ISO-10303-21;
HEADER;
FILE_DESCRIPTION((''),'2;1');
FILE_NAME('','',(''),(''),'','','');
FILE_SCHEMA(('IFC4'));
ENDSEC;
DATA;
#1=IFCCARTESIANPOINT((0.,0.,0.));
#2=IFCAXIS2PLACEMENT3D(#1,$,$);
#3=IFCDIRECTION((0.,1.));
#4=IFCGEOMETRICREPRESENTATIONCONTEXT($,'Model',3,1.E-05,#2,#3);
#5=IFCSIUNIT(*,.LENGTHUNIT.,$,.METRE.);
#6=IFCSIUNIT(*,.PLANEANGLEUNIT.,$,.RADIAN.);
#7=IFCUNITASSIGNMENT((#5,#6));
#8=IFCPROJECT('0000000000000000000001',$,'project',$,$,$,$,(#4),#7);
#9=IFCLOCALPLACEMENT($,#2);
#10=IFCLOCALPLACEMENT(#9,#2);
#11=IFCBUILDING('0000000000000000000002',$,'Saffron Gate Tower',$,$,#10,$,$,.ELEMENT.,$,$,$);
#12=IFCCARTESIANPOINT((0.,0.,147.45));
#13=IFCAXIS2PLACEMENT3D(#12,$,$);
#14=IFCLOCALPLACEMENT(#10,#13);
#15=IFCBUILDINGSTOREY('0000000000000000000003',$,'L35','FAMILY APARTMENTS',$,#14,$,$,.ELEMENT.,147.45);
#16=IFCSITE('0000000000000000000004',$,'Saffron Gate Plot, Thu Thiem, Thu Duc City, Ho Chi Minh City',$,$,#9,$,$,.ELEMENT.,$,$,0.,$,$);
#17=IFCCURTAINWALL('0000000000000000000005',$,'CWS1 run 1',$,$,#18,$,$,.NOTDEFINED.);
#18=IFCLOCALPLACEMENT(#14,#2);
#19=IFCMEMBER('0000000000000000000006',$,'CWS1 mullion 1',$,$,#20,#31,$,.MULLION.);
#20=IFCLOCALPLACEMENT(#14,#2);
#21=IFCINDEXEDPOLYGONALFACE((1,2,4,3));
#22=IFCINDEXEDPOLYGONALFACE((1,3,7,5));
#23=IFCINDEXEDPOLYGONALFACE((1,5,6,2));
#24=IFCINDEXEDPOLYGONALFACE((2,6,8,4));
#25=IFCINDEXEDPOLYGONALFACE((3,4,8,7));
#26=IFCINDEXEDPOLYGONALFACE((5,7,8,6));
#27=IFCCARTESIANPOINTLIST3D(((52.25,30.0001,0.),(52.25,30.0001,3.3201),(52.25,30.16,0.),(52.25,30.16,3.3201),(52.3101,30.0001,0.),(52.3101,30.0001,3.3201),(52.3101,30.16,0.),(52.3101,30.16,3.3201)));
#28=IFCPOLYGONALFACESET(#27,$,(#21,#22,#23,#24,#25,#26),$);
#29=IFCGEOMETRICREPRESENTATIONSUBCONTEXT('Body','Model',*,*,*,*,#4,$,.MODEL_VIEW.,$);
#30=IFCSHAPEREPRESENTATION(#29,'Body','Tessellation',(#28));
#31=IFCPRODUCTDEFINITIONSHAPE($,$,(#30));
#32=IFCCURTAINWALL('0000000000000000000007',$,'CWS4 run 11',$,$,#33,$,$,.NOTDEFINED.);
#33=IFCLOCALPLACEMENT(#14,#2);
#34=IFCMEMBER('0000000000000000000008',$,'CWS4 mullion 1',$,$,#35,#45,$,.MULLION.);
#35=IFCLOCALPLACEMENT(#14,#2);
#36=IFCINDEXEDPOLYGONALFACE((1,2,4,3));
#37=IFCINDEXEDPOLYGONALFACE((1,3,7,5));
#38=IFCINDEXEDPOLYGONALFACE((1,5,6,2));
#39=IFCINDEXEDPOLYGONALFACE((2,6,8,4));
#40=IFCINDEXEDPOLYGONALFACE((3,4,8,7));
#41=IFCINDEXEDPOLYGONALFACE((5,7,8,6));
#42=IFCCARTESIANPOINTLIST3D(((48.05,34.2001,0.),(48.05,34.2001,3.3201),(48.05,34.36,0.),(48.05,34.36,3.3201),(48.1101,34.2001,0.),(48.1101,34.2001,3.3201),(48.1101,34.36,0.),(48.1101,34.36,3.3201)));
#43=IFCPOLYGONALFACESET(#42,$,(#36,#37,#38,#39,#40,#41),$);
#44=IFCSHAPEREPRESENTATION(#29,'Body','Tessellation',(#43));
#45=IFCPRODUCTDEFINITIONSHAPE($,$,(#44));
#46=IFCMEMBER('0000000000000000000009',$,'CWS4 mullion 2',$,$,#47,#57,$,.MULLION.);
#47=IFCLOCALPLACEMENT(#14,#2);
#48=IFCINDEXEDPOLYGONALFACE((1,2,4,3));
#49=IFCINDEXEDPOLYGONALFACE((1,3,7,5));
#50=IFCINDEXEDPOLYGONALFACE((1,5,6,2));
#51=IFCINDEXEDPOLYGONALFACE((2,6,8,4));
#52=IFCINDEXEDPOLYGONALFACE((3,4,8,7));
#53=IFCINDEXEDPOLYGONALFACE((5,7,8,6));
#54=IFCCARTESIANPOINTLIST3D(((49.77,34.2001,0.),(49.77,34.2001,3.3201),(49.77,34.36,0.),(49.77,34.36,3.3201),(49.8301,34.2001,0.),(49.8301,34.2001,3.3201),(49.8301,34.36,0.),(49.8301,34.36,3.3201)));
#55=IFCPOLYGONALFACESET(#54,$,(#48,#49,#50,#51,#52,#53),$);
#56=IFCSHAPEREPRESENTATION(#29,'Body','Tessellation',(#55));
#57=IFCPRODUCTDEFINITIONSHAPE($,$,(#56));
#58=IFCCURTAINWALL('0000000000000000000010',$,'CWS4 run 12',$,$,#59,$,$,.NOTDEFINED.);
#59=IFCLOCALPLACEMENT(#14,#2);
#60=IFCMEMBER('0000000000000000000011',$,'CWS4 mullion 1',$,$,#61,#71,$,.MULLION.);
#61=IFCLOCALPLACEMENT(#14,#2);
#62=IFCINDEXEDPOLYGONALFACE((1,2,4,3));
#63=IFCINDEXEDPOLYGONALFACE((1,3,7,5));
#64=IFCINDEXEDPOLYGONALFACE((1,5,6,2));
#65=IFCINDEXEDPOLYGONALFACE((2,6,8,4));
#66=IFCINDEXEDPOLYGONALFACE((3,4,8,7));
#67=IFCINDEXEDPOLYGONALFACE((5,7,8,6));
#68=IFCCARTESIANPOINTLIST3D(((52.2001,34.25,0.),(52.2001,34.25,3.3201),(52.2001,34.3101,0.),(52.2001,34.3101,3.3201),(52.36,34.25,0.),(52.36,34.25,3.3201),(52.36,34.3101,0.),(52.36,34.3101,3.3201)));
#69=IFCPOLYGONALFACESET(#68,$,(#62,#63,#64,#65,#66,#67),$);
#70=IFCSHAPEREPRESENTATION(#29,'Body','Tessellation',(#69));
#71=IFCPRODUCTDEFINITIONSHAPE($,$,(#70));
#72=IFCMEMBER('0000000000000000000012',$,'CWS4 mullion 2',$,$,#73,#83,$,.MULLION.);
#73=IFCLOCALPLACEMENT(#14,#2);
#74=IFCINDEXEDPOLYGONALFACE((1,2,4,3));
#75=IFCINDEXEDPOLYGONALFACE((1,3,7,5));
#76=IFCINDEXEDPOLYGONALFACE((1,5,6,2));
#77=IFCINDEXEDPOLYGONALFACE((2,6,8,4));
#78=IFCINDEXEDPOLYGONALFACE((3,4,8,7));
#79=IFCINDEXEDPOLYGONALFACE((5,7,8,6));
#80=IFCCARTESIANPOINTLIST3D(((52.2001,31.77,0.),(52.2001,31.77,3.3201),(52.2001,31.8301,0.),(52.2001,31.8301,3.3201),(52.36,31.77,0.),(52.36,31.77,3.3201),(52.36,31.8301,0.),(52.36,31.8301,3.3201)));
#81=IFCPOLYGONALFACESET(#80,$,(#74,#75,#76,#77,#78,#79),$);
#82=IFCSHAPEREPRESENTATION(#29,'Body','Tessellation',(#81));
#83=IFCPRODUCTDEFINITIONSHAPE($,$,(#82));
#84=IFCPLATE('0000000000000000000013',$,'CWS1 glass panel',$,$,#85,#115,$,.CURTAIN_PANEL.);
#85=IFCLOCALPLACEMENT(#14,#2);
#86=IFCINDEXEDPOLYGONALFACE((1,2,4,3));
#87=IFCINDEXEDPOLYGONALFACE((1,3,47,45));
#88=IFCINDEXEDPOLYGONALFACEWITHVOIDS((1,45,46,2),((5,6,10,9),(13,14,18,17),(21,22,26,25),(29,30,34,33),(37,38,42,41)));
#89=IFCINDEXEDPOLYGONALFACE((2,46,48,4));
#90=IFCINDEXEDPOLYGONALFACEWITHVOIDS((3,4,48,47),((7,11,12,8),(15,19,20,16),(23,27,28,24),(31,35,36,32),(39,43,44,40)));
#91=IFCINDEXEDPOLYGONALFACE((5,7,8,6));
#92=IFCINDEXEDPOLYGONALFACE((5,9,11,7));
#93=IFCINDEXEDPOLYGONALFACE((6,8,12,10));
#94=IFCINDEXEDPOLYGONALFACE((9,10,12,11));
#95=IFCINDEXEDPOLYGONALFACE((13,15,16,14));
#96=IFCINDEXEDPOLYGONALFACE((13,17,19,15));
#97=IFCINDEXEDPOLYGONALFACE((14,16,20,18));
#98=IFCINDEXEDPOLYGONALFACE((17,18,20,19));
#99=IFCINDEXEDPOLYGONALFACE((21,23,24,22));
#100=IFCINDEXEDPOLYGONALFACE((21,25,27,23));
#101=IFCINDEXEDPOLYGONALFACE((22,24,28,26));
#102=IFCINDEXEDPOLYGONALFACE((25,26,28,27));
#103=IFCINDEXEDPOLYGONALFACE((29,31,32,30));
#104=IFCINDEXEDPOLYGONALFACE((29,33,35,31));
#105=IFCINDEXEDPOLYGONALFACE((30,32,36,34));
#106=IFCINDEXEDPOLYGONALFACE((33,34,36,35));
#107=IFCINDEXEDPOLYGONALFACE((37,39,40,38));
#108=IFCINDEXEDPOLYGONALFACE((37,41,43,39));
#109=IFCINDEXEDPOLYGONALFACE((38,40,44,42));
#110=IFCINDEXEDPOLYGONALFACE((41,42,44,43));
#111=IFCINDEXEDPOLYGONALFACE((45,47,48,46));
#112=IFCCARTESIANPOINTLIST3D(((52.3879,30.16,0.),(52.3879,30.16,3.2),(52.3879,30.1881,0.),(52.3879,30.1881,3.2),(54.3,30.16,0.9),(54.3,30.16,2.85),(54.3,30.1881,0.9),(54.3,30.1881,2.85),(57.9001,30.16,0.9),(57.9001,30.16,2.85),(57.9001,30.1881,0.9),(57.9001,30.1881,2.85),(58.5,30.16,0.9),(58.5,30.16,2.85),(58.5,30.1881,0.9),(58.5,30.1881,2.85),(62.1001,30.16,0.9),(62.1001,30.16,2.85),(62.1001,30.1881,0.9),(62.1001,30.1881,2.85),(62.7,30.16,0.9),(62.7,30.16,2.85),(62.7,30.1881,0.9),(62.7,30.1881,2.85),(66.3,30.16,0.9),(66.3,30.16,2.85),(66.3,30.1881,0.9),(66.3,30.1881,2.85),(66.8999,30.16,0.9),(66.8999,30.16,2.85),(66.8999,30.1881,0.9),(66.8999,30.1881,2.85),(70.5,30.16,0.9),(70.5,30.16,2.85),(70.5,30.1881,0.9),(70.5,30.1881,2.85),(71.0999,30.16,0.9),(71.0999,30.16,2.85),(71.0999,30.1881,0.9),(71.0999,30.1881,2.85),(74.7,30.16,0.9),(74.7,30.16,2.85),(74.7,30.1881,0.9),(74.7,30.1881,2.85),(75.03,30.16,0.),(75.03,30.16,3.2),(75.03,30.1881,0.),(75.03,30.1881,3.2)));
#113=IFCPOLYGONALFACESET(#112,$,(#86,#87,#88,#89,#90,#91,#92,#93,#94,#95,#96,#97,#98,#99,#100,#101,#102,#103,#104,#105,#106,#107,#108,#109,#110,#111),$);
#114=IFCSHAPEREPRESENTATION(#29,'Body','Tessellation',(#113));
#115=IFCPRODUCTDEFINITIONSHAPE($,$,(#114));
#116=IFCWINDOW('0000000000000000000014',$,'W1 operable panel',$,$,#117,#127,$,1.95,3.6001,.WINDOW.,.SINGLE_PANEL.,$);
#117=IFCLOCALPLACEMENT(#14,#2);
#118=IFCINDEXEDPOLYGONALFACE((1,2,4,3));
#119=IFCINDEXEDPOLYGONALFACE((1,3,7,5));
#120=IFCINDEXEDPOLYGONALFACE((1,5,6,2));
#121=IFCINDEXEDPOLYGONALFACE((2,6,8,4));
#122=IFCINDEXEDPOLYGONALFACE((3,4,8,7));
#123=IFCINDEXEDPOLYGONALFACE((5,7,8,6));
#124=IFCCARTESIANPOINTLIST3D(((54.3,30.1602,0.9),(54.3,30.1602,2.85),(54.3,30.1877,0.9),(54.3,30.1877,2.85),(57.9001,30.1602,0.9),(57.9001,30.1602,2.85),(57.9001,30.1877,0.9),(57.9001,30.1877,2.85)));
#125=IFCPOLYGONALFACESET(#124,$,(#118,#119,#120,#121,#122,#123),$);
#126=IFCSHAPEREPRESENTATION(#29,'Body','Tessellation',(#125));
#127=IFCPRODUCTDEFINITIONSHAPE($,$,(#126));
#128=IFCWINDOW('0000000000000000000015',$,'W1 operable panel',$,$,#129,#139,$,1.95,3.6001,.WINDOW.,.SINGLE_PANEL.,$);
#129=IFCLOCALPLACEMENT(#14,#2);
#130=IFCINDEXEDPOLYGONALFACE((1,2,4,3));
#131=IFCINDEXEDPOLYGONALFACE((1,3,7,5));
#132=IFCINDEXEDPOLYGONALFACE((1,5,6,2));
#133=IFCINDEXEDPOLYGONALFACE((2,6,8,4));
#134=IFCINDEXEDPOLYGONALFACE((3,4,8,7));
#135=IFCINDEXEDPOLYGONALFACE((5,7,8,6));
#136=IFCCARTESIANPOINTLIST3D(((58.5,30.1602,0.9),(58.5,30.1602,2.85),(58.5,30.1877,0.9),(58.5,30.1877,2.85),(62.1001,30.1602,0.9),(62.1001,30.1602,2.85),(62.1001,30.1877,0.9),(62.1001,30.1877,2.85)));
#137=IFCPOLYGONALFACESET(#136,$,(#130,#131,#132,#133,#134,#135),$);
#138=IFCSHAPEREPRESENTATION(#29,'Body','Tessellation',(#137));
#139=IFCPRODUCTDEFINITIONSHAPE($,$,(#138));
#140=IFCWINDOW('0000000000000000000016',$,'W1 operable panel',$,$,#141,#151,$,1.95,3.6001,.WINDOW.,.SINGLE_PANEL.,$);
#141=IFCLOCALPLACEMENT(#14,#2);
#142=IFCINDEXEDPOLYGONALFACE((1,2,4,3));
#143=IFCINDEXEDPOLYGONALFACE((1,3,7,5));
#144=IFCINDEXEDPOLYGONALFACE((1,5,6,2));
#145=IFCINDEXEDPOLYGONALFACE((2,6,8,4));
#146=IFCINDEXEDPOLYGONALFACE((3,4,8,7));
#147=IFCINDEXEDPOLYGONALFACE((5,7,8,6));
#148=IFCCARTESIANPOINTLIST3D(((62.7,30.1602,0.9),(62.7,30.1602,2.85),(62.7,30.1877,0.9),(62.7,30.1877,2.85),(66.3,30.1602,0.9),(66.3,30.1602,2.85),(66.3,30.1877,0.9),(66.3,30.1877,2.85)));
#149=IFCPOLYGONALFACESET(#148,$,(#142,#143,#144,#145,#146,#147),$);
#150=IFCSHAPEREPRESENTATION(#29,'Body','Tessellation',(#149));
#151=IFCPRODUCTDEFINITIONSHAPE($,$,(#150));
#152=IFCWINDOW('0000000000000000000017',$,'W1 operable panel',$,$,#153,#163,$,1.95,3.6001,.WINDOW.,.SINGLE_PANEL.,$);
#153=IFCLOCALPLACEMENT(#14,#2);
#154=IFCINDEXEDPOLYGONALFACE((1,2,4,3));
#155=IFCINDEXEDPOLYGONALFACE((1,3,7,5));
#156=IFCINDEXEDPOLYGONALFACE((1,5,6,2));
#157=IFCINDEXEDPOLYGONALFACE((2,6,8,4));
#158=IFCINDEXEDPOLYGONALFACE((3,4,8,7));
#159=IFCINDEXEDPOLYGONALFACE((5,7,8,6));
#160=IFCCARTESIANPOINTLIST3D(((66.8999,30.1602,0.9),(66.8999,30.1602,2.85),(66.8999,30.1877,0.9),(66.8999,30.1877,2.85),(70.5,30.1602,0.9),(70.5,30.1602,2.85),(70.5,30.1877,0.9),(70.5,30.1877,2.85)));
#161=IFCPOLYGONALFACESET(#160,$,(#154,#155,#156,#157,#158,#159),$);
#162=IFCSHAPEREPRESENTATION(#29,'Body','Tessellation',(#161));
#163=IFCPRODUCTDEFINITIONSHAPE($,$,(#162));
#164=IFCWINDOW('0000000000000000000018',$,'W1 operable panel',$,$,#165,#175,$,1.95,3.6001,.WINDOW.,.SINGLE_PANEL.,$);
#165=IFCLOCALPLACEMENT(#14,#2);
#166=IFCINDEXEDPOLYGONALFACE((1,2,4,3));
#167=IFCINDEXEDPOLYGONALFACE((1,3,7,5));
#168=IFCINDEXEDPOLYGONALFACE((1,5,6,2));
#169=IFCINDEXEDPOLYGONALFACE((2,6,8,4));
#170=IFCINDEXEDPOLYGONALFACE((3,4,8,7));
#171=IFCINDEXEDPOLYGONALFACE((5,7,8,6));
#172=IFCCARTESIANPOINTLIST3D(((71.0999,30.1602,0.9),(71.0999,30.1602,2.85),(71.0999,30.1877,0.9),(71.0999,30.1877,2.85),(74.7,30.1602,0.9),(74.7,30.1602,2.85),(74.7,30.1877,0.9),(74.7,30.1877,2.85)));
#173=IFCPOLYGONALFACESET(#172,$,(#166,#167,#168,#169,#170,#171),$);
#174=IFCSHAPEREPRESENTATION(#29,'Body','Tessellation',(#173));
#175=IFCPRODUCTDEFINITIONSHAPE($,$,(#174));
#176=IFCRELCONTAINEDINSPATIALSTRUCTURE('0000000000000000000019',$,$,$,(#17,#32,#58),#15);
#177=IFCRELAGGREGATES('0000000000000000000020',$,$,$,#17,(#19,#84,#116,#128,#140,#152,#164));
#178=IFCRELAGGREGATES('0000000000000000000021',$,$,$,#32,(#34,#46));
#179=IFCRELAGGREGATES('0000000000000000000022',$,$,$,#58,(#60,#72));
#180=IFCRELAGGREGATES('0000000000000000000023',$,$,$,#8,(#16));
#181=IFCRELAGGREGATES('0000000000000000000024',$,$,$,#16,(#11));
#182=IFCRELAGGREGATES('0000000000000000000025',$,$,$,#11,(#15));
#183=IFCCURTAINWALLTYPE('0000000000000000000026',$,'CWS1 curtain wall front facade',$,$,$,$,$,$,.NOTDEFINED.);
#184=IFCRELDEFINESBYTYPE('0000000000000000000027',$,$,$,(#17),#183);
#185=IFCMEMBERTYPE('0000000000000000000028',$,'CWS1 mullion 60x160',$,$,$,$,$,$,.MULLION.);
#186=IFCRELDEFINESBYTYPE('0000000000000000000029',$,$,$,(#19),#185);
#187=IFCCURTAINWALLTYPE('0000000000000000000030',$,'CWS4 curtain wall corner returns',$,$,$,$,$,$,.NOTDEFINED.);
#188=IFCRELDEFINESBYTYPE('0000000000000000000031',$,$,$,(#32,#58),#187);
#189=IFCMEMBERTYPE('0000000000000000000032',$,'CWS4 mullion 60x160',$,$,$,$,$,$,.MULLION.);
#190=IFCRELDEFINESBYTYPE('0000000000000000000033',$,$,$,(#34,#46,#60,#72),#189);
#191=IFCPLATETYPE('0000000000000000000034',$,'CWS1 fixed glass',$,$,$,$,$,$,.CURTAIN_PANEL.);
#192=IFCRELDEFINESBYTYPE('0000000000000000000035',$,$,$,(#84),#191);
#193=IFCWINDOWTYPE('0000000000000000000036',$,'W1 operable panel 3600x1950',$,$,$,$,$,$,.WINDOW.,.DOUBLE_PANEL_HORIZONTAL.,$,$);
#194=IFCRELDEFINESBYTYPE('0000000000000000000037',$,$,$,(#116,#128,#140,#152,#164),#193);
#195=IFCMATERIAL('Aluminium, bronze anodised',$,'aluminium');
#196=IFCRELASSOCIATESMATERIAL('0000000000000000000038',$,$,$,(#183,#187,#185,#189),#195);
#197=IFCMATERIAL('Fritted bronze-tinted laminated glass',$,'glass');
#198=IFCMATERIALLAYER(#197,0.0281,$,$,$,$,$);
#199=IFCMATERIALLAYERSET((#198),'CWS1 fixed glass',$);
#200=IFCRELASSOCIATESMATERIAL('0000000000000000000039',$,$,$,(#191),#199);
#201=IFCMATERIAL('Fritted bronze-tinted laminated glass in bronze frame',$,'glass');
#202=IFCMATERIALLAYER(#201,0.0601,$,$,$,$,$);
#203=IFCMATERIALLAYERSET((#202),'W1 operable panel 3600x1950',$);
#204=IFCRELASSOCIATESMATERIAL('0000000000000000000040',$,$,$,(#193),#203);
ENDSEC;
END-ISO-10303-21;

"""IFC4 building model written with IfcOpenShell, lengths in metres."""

from ifc_helpers import new_model, si_unit, direction, frame, frame_2d, origin, origin_2d, place, context, subcontext, project, spatial, rectangle, extrude, material, layer, layer_set, material_profile, profile_set, type_object, element, fill, aggregate, save


model = new_model("IFC4")

# Units and contexts
model_context = context("Model", 3, precision=1e-05, world=origin(), true_north=direction((0.0, 1.0)))
body_context = subcontext(model_context, "Body", "Model", "MODEL_VIEW")
ifc_project = project(units=[si_unit("LENGTHUNIT", "METRE"), si_unit("PLANEANGLEUNIT", "RADIAN")], contexts=[model_context])

# Site, building, storey
site_placement = place(None, origin())
site = spatial("IfcSite", under=ifc_project, at=site_placement, Name="Saffron Gate Plot, Thu Thiem, Thu Duc City, Ho Chi Minh City", CompositionType="ELEMENT", RefElevation=0.0)
building_placement = place(site_placement, origin())
building = spatial("IfcBuilding", under=site, at=building_placement, Name="Saffron Gate Tower", CompositionType="ELEMENT")
storey_placement = place(building_placement, frame((0.0, 0.0, 147.45)))
storey = spatial("IfcBuildingStorey", under=building, at=storey_placement, Name="L35", Description="FAMILY APARTMENTS", CompositionType="ELEMENT", Elevation=147.45)

# Curtain wall, member
ifc_material_1 = material(Name="Aluminium, bronze anodised", Category="aluminium")
curtain_wall_type_1 = type_object("IfcCurtainWallType", Name="CWS1 curtain wall front facade", PredefinedType="NOTDEFINED", material=ifc_material_1)
curtain_wall_1_placement = place(storey_placement, origin())
curtain_wall_1 = element("IfcCurtainWall", 1, at=curtain_wall_1_placement, inside=storey, type_object=curtain_wall_type_1, Name="CWS1 run 1", PredefinedType="NOTDEFINED")
ifc_material_profile_1 = material_profile(ifc_material_1, rectangle(XDim=0.1599, YDim=0.0601, at=origin_2d()))
ifc_profile_set_1 = profile_set([ifc_material_profile_1], Name="Aluminium, bronze anodised")
member_type_1 = type_object("IfcMemberType", Name="CWS1 mullion 60x160", PredefinedType="MULLION", material=ifc_profile_set_1)
member_1_placement = place(storey_placement, frame((52.28, 30.0801, 0.0), z_axis=(0.0, 0.0, 1.0), x_axis=(0.0, 1.0, 0.0)))
member_1 = element("IfcMember", 2, at=member_1_placement, type_object=member_type_1, Name="CWS1 mullion 1", PredefinedType="MULLION", context=body_context, shape_type="SweptSolid", body=[
    extrude(rectangle(XDim=0.1599, YDim=0.0601, at=origin_2d()), origin(), (0.0, 0.0, 1.0), 3.3201),
])

# Curtain walls, members
curtain_wall_type_2 = type_object("IfcCurtainWallType", Name="CWS4 curtain wall corner returns", PredefinedType="NOTDEFINED", material=ifc_material_1)
curtain_wall_2_placement = place(storey_placement, origin())
curtain_wall_2 = element("IfcCurtainWall", 3, at=curtain_wall_2_placement, inside=storey, type_object=curtain_wall_type_2, Name="CWS4 run 11", PredefinedType="NOTDEFINED")
ifc_material_profile_2 = material_profile(ifc_material_1, rectangle(XDim=0.1599, YDim=0.0601, at=origin_2d()))
ifc_profile_set_2 = profile_set([ifc_material_profile_2], Name="Aluminium, bronze anodised")
member_type_2 = type_object("IfcMemberType", Name="CWS4 mullion 60x160", PredefinedType="MULLION", material=ifc_profile_set_2)
member_2_placement = place(storey_placement, frame((48.0801, 34.28, 0.0), z_axis=(0.0, 0.0, 1.0), x_axis=(0.0, 1.0, 0.0)))
member_2 = element("IfcMember", 4, at=member_2_placement, type_object=member_type_2, Name="CWS4 mullion 1", PredefinedType="MULLION", context=body_context, shape_type="SweptSolid", body=[
    extrude(rectangle(XDim=0.1599, YDim=0.0601, at=origin_2d()), origin(), (0.0, 0.0, 1.0), 3.3201),
])
member_3_placement = place(storey_placement, frame((49.8, 34.28, 0.0), z_axis=(0.0, 0.0, 1.0), x_axis=(0.0, 1.0, 0.0)))
member_3 = element("IfcMember", 5, at=member_3_placement, type_object=member_type_2, Name="CWS4 mullion 2", PredefinedType="MULLION", context=body_context, shape_type="SweptSolid", body=[
    extrude(rectangle(XDim=0.1599, YDim=0.0601, at=origin_2d()), origin(), (0.0, 0.0, 1.0), 3.3201),
])
curtain_wall_3_placement = place(storey_placement, origin())
curtain_wall_3 = element("IfcCurtainWall", 6, at=curtain_wall_3_placement, inside=storey, type_object=curtain_wall_type_2, Name="CWS4 run 12", PredefinedType="NOTDEFINED")
member_4_placement = place(storey_placement, frame((52.28, 34.28, 0.0), z_axis=(0.0, 0.0, 1.0), x_axis=(1.0, 0.0, 0.0)))
member_4 = element("IfcMember", 7, at=member_4_placement, type_object=member_type_2, Name="CWS4 mullion 1", PredefinedType="MULLION", context=body_context, shape_type="SweptSolid", body=[
    extrude(rectangle(XDim=0.1599, YDim=0.0601, at=origin_2d()), origin(), (0.0, 0.0, 1.0), 3.3201),
])
member_5_placement = place(storey_placement, frame((52.28, 31.8, 0.0), z_axis=(0.0, 0.0, 1.0), x_axis=(1.0, 0.0, 0.0)))
member_5 = element("IfcMember", 8, at=member_5_placement, type_object=member_type_2, Name="CWS4 mullion 2", PredefinedType="MULLION", context=body_context, shape_type="SweptSolid", body=[
    extrude(rectangle(XDim=0.1599, YDim=0.0601, at=origin_2d()), origin(), (0.0, 0.0, 1.0), 3.3201),
])

# Plate, openings, windows
ifc_material_2 = material(Name="Fritted bronze-tinted laminated glass", Category="glass")
ifc_layer_1 = layer(ifc_material_2, 0.0281)
ifc_layer_set_1 = layer_set([ifc_layer_1], Name="CWS1 fixed glass")
plate_type_1 = type_object("IfcPlateType", Name="CWS1 fixed glass", PredefinedType="CURTAIN_PANEL", material=ifc_layer_set_1)
plate_1_placement = place(storey_placement, frame((52.3879, 30.1741, 0.0), z_axis=(0.0, 0.0, 1.0), x_axis=(1.0, 0.0, 0.0)))
plate_1 = element("IfcPlate", 9, at=plate_1_placement, type_object=plate_type_1, Name="CWS1 glass panel", PredefinedType="CURTAIN_PANEL", context=body_context, shape_type="SweptSolid", body=[
    extrude(rectangle(XDim=22.6421, YDim=0.0281, at=frame_2d((11.321, 0.0))), origin(), (0.0, 0.0, 1.0), 3.2),
])
opening_1_placement = place(plate_1_placement, frame((1.9121, 0.0, 0.8999)))
opening_1 = element("IfcOpeningElement", 10, at=opening_1_placement, cuts=plate_1, PredefinedType="OPENING", context=body_context, shape_type="SweptSolid", body=[
    extrude(rectangle(XDim=3.6001, YDim=1.95, at=frame_2d((1.8, 0.9751))), frame((0.0, 0.0239, 0.0), z_axis=(0.0, -1.0, 0.0), x_axis=(1.0, 0.0, 0.0)), (0.0, 0.0, 1.0), 0.0481),
])
opening_2_placement = place(plate_1_placement, frame((6.1121, 0.0, 0.8999)))
opening_2 = element("IfcOpeningElement", 11, at=opening_2_placement, cuts=plate_1, PredefinedType="OPENING", context=body_context, shape_type="SweptSolid", body=[
    extrude(rectangle(XDim=3.6001, YDim=1.95, at=frame_2d((1.8, 0.9751))), frame((0.0, 0.0239, 0.0), z_axis=(0.0, -1.0, 0.0), x_axis=(1.0, 0.0, 0.0)), (0.0, 0.0, 1.0), 0.0481),
])
opening_3_placement = place(plate_1_placement, frame((10.312, 0.0, 0.8999)))
opening_3 = element("IfcOpeningElement", 12, at=opening_3_placement, cuts=plate_1, PredefinedType="OPENING", context=body_context, shape_type="SweptSolid", body=[
    extrude(rectangle(XDim=3.6001, YDim=1.95, at=frame_2d((1.8, 0.9751))), frame((0.0, 0.0239, 0.0), z_axis=(0.0, -1.0, 0.0), x_axis=(1.0, 0.0, 0.0)), (0.0, 0.0, 1.0), 0.0481),
])
opening_4_placement = place(plate_1_placement, frame((14.512, 0.0, 0.8999)))
opening_4 = element("IfcOpeningElement", 13, at=opening_4_placement, cuts=plate_1, PredefinedType="OPENING", context=body_context, shape_type="SweptSolid", body=[
    extrude(rectangle(XDim=3.6001, YDim=1.95, at=frame_2d((1.8, 0.9751))), frame((0.0, 0.0239, 0.0), z_axis=(0.0, -1.0, 0.0), x_axis=(1.0, 0.0, 0.0)), (0.0, 0.0, 1.0), 0.0481),
])
opening_5_placement = place(plate_1_placement, frame((18.7119, 0.0, 0.8999)))
opening_5 = element("IfcOpeningElement", 14, at=opening_5_placement, cuts=plate_1, PredefinedType="OPENING", context=body_context, shape_type="SweptSolid", body=[
    extrude(rectangle(XDim=3.6001, YDim=1.95, at=frame_2d((1.8, 0.9751))), frame((0.0, 0.0239, 0.0), z_axis=(0.0, -1.0, 0.0), x_axis=(1.0, 0.0, 0.0)), (0.0, 0.0, 1.0), 0.0481),
])
ifc_material_3 = material(Name="Fritted bronze-tinted laminated glass in bronze frame", Category="glass")
ifc_layer_2 = layer(ifc_material_3, 0.0601)
ifc_layer_set_2 = layer_set([ifc_layer_2], Name="W1 operable panel 3600x1950")
window_type = type_object("IfcWindowType", Name="W1 operable panel 3600x1950", PartitioningType="DOUBLE_PANEL_HORIZONTAL", PredefinedType="WINDOW", material=ifc_layer_set_2)
window_1_placement = place(opening_1_placement, origin())
window_1 = element("IfcWindow", 15, at=window_1_placement, type_object=window_type, Name="W1 operable panel", OverallHeight=1.95, OverallWidth=3.6001, PartitioningType="SINGLE_PANEL", PredefinedType="WINDOW", context=body_context, shape_type="SweptSolid", body=[
    extrude(rectangle(XDim=3.6001, YDim=1.95, at=frame_2d((1.8, 0.9751))), frame((0.0, 0.0137, 0.0), z_axis=(0.0, -1.0, 0.0), x_axis=(1.0, 0.0, 0.0)), (0.0, 0.0, 1.0), 0.0276),
])
fill(opening_1, window_1)
window_2_placement = place(opening_2_placement, origin())
window_2 = element("IfcWindow", 16, at=window_2_placement, type_object=window_type, Name="W1 operable panel", OverallHeight=1.95, OverallWidth=3.6001, PartitioningType="SINGLE_PANEL", PredefinedType="WINDOW", context=body_context, shape_type="SweptSolid", body=[
    extrude(rectangle(XDim=3.6001, YDim=1.95, at=frame_2d((1.8, 0.9751))), frame((0.0, 0.0137, 0.0), z_axis=(0.0, -1.0, 0.0), x_axis=(1.0, 0.0, 0.0)), (0.0, 0.0, 1.0), 0.0276),
])
fill(opening_2, window_2)
window_3_placement = place(opening_3_placement, origin())
window_3 = element("IfcWindow", 17, at=window_3_placement, type_object=window_type, Name="W1 operable panel", OverallHeight=1.95, OverallWidth=3.6001, PartitioningType="SINGLE_PANEL", PredefinedType="WINDOW", context=body_context, shape_type="SweptSolid", body=[
    extrude(rectangle(XDim=3.6001, YDim=1.95, at=frame_2d((1.8, 0.9751))), frame((0.0, 0.0137, 0.0), z_axis=(0.0, -1.0, 0.0), x_axis=(1.0, 0.0, 0.0)), (0.0, 0.0, 1.0), 0.0276),
])
fill(opening_3, window_3)
window_4_placement = place(opening_4_placement, origin())
window_4 = element("IfcWindow", 18, at=window_4_placement, type_object=window_type, Name="W1 operable panel", OverallHeight=1.95, OverallWidth=3.6001, PartitioningType="SINGLE_PANEL", PredefinedType="WINDOW", context=body_context, shape_type="SweptSolid", body=[
    extrude(rectangle(XDim=3.6001, YDim=1.95, at=frame_2d((1.8, 0.9751))), frame((0.0, 0.0137, 0.0), z_axis=(0.0, -1.0, 0.0), x_axis=(1.0, 0.0, 0.0)), (0.0, 0.0, 1.0), 0.0276),
])
fill(opening_4, window_4)
window_5_placement = place(opening_5_placement, origin())
window_5 = element("IfcWindow", 19, at=window_5_placement, type_object=window_type, Name="W1 operable panel", OverallHeight=1.95, OverallWidth=3.6001, PartitioningType="SINGLE_PANEL", PredefinedType="WINDOW", context=body_context, shape_type="SweptSolid", body=[
    extrude(rectangle(XDim=3.6001, YDim=1.95, at=frame_2d((1.8, 0.9751))), frame((0.0, 0.0137, 0.0), z_axis=(0.0, -1.0, 0.0), x_axis=(1.0, 0.0, 0.0)), (0.0, 0.0, 1.0), 0.0276),
])
fill(opening_5, window_5)
aggregate(curtain_wall_1, [member_1, plate_1, window_1, window_2, window_3, window_4, window_5])

aggregate(curtain_wall_2, [member_2, member_3])
aggregate(curtain_wall_3, [member_4, member_5])

save(model, "model.ifc")
